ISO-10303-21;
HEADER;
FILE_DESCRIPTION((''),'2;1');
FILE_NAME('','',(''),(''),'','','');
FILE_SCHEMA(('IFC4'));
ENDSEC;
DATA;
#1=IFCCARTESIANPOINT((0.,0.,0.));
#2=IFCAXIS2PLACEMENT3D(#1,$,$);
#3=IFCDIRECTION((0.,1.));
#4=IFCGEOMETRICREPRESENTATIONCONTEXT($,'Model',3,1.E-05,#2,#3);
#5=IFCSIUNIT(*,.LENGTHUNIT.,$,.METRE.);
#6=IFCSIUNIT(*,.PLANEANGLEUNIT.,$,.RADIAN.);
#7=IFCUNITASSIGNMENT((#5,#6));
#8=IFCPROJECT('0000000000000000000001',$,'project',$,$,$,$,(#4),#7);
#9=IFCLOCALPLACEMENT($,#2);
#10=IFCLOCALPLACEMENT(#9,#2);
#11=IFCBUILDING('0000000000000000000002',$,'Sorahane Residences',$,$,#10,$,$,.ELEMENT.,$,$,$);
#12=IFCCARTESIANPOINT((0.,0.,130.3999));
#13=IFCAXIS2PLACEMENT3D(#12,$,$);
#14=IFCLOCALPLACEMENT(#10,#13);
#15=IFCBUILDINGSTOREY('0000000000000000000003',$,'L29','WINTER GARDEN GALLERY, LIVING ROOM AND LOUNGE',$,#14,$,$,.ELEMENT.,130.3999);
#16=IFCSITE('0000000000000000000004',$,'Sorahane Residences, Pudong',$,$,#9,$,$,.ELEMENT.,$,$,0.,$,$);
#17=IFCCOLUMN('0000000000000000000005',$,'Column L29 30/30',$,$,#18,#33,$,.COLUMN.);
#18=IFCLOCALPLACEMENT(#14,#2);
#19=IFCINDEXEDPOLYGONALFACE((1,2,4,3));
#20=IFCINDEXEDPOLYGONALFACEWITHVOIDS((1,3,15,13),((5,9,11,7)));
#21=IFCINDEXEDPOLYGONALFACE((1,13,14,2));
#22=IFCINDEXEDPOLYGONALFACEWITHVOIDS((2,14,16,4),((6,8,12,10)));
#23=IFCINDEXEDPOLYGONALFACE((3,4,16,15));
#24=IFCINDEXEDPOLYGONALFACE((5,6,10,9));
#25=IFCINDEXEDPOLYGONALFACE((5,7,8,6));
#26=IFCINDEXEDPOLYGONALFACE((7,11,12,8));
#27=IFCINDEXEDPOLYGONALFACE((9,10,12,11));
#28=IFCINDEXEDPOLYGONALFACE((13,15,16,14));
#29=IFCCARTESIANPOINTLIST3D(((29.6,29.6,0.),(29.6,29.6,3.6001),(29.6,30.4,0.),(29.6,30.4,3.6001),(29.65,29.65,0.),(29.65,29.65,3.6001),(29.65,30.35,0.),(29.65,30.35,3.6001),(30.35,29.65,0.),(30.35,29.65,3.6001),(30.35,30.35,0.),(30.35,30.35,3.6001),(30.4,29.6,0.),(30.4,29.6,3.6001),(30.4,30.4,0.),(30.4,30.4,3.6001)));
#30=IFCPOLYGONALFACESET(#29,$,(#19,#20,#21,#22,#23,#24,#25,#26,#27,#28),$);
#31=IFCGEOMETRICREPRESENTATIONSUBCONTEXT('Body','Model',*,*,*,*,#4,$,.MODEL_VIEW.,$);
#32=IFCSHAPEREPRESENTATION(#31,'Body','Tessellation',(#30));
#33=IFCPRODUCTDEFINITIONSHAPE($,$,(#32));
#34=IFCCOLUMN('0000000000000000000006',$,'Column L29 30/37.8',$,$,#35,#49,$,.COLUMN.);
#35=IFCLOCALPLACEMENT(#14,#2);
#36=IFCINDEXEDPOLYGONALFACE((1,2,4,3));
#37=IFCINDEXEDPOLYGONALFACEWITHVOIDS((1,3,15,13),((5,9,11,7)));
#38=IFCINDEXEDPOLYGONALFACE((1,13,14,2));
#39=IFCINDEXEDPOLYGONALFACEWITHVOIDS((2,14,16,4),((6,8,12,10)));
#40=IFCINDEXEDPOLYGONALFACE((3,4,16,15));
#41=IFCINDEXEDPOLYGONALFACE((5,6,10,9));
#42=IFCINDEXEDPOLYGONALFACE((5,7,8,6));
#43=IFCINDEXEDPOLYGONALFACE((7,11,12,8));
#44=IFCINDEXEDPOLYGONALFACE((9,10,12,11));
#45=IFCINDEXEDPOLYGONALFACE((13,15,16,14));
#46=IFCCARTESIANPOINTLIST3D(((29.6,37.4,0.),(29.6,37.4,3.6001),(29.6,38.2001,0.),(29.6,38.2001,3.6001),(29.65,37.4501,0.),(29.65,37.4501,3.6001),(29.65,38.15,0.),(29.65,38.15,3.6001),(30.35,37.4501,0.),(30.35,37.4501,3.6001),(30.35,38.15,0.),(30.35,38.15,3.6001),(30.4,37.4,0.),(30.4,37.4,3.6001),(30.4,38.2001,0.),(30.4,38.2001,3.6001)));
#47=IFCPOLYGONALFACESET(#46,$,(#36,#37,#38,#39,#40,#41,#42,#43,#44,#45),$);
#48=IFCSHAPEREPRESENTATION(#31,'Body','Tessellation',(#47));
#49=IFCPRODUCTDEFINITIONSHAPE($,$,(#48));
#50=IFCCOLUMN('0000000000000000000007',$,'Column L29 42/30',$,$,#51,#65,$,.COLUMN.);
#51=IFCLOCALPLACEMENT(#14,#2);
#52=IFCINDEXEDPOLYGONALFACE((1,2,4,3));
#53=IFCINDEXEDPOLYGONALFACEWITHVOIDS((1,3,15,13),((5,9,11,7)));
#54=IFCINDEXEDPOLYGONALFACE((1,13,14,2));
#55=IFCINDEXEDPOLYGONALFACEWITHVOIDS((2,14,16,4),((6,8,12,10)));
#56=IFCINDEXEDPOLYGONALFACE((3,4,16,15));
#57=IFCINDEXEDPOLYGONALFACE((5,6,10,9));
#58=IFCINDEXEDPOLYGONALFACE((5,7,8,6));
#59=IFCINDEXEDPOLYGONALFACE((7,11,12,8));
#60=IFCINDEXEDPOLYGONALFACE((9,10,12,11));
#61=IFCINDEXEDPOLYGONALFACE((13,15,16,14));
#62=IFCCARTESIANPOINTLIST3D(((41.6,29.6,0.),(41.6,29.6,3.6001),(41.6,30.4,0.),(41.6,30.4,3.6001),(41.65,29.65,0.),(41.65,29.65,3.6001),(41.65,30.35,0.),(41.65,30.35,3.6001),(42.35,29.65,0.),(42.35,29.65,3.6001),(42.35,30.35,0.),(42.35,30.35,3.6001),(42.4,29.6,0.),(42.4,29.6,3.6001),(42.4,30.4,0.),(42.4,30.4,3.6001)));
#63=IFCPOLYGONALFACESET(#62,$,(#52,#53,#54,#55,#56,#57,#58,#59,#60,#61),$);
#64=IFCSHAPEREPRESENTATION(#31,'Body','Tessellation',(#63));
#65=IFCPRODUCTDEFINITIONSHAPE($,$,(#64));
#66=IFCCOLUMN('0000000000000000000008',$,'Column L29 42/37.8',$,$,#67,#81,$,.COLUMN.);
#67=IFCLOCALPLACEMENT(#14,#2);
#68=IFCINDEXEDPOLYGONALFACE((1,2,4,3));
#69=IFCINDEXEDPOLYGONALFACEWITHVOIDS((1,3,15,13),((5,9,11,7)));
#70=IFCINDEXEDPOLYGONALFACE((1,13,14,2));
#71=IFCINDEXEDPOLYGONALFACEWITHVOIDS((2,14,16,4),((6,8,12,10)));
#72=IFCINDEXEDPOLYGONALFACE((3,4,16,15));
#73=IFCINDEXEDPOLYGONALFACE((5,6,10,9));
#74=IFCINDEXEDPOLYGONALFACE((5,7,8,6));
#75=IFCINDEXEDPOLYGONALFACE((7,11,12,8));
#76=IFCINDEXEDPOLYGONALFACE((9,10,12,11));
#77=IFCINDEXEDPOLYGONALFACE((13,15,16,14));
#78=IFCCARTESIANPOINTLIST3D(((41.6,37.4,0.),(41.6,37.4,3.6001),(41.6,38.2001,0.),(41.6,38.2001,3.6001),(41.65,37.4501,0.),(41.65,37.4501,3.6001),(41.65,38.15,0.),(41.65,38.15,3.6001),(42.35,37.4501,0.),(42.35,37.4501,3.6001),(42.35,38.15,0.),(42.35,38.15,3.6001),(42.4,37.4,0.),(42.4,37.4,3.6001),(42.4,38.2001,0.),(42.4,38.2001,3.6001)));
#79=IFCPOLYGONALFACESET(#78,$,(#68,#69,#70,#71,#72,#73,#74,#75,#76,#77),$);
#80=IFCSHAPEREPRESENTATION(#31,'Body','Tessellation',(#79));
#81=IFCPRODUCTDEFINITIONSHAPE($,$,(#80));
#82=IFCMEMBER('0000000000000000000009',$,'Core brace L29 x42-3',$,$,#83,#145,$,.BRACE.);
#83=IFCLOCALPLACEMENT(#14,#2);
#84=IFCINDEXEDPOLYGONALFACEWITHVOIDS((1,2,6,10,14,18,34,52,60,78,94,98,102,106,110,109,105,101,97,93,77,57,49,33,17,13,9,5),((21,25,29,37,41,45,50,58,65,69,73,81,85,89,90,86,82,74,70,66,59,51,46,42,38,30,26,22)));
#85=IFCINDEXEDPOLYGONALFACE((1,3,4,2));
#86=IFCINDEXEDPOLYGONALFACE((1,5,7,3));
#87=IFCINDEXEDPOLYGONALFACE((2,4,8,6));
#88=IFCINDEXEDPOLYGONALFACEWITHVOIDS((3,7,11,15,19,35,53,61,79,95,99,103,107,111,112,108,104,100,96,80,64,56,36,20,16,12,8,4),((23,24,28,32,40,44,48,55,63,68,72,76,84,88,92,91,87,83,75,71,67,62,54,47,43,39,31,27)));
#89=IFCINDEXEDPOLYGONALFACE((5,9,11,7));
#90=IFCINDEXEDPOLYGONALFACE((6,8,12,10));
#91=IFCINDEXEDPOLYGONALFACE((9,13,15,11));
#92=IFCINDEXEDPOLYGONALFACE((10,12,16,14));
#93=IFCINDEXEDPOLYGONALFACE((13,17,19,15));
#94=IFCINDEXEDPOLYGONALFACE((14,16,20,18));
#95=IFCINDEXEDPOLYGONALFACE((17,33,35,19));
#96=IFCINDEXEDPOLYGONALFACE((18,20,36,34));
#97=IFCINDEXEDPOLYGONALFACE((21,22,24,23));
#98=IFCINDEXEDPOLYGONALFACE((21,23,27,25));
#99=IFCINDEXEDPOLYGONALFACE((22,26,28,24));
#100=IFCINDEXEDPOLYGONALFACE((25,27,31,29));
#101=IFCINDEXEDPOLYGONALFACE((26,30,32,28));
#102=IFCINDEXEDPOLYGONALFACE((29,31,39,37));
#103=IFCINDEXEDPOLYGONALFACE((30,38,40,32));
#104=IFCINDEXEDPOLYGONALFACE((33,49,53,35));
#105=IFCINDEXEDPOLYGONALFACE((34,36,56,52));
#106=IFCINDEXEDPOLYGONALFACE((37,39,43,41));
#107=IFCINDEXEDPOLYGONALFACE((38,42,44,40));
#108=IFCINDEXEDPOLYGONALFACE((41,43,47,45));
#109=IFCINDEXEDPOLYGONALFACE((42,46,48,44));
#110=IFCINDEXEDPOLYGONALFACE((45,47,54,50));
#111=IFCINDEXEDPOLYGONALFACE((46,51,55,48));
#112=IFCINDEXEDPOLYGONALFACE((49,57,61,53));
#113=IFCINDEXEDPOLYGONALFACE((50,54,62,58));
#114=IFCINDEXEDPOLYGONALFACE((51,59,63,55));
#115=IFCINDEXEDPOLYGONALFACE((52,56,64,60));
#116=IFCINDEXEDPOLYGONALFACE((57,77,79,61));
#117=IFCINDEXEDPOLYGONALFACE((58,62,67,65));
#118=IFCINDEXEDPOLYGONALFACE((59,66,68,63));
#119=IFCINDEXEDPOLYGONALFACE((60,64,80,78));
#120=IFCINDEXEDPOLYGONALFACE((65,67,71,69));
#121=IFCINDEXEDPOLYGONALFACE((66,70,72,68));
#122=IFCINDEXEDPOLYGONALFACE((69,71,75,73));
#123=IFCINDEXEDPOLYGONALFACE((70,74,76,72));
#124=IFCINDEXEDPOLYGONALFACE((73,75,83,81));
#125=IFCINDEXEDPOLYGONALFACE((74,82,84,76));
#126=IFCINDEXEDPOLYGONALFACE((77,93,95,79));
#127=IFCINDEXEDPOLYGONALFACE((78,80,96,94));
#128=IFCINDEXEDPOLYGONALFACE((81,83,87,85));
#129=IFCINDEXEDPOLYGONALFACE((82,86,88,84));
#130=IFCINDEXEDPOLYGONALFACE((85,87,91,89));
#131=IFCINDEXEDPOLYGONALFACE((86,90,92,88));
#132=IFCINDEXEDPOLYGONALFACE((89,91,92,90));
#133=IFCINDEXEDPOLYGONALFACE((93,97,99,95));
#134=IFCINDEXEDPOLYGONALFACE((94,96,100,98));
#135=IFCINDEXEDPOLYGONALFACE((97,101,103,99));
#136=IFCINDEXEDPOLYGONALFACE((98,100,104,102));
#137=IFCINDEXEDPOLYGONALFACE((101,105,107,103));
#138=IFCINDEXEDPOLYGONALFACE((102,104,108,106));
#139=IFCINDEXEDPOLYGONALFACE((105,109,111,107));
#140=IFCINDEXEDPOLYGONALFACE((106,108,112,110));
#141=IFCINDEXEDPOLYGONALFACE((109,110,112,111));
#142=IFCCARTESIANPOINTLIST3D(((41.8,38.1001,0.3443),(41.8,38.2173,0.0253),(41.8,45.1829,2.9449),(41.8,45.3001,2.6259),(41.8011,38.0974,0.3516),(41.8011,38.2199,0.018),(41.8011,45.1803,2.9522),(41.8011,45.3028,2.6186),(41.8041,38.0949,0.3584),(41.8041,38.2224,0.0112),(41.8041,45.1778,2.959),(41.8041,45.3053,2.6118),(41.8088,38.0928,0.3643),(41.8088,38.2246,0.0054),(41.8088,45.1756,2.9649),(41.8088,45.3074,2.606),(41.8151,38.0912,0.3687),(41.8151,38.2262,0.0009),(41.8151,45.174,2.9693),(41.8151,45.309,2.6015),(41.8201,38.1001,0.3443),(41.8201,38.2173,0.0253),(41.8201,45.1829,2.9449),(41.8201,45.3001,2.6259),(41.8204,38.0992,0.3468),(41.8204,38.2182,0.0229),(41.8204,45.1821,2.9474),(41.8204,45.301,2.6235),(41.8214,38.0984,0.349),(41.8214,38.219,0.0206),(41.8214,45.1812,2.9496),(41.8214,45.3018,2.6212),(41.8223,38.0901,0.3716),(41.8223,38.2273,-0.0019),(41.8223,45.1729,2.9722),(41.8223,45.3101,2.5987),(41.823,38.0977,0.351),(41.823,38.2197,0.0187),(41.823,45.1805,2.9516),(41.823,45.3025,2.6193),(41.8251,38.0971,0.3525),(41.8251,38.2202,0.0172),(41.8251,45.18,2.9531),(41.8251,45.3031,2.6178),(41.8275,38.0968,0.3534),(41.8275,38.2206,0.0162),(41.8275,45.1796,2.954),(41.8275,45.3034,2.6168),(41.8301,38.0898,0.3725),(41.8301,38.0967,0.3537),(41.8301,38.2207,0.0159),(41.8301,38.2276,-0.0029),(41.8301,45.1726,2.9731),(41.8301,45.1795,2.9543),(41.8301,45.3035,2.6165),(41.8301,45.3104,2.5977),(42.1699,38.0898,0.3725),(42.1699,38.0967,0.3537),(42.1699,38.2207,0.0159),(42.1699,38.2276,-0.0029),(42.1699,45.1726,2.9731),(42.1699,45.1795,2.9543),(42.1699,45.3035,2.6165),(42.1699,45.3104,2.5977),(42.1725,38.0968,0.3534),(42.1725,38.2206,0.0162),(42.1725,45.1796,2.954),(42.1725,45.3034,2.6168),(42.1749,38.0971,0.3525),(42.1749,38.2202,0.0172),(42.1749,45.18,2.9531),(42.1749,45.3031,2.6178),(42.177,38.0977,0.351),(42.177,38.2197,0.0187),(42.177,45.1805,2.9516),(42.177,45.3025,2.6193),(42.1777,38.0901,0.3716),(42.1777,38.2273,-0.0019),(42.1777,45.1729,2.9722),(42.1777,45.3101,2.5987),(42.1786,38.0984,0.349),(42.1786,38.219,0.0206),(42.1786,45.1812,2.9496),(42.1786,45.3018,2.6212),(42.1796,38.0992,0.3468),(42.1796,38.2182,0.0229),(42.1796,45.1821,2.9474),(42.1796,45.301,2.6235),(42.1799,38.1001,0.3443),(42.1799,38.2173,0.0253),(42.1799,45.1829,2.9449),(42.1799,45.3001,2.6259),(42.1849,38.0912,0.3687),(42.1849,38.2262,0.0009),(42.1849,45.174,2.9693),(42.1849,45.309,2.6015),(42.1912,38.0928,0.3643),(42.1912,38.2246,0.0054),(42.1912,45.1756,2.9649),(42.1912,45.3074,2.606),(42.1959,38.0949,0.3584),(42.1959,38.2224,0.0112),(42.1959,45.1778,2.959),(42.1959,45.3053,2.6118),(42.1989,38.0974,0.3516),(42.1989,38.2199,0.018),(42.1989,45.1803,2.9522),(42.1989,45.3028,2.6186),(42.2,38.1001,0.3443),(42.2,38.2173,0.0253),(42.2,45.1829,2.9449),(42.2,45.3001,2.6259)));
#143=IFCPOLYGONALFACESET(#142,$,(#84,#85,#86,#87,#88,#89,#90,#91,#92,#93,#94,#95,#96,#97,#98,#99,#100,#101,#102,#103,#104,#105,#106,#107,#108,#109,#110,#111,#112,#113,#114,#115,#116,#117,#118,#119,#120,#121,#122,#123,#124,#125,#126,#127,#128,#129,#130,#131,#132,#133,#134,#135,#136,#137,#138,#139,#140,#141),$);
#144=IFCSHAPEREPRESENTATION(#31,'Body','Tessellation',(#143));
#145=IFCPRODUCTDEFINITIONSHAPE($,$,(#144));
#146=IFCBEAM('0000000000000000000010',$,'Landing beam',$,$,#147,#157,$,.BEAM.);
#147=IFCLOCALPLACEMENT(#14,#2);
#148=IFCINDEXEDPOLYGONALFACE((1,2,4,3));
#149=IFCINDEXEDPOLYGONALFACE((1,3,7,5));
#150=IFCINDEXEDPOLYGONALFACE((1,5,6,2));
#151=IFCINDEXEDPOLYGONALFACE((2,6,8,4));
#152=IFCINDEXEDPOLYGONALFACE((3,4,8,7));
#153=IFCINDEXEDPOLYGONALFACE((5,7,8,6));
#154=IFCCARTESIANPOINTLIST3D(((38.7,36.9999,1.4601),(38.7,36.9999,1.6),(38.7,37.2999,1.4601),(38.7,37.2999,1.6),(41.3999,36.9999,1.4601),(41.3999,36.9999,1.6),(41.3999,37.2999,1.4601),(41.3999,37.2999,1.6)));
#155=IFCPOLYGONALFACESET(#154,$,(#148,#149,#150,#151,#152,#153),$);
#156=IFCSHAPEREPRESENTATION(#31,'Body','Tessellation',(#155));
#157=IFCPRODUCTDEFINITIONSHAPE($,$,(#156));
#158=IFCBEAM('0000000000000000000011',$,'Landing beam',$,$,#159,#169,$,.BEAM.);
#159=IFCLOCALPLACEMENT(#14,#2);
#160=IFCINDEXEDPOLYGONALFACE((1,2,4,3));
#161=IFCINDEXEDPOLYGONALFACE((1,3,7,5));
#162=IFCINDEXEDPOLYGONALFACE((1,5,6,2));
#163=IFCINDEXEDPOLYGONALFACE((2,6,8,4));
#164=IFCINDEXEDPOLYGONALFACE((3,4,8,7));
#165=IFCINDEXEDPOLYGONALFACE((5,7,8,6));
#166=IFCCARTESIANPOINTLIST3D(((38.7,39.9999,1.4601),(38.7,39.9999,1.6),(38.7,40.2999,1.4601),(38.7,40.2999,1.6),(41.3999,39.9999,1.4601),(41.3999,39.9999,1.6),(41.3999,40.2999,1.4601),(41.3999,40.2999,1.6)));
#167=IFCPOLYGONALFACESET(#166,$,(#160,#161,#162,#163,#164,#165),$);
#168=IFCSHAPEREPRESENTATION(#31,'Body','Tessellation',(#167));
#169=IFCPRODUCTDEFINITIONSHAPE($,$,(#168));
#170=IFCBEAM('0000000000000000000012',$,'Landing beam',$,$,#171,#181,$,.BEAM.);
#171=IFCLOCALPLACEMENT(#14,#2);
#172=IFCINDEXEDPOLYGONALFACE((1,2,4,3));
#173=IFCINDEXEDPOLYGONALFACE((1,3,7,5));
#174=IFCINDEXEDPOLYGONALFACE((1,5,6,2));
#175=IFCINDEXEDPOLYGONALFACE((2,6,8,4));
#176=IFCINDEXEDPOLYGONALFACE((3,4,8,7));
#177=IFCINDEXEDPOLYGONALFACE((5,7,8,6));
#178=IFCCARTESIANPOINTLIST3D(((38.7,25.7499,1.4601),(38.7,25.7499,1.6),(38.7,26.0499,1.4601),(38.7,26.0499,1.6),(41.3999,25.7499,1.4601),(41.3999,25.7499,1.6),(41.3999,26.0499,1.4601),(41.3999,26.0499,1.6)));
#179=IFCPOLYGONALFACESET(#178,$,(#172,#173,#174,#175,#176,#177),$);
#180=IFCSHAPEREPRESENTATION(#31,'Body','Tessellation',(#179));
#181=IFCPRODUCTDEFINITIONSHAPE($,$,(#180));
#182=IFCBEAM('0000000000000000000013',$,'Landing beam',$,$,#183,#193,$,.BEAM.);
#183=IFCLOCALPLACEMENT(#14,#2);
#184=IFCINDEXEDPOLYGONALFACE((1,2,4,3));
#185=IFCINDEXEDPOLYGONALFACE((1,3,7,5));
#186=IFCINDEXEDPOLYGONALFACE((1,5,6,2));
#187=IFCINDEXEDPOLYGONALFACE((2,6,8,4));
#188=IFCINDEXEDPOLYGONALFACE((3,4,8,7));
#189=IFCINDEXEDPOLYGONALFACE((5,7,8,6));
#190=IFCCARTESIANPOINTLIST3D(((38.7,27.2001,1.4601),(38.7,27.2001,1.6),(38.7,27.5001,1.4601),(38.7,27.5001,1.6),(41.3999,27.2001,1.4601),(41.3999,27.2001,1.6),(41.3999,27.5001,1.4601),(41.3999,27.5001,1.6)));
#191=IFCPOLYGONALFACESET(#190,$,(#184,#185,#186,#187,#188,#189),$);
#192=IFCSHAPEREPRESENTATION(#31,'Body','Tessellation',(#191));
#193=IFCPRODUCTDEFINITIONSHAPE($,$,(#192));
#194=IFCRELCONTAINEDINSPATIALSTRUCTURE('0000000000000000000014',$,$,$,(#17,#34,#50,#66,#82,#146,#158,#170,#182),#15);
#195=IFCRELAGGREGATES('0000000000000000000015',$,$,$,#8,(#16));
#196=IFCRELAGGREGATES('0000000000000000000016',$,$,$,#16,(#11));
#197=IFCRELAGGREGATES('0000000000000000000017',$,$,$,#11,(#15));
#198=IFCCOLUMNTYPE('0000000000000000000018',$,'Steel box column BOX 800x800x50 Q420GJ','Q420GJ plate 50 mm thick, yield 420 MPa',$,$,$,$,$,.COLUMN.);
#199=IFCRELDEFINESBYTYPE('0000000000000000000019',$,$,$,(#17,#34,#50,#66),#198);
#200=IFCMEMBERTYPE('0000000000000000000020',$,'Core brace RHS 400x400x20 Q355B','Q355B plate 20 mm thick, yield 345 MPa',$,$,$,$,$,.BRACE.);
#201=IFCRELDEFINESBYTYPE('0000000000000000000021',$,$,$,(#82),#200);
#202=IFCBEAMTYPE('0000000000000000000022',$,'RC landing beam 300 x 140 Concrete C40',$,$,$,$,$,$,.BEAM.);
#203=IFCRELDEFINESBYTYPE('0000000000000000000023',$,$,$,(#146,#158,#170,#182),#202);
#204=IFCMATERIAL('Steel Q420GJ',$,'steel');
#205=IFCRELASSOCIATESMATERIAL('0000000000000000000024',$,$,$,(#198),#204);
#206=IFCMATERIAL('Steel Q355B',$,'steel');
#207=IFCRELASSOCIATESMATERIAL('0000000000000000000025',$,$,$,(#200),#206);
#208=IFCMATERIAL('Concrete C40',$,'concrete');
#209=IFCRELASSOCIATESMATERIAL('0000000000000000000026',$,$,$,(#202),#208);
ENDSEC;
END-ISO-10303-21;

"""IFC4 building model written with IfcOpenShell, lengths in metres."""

from ifc_helpers import new_model, si_unit, direction, frame, origin, origin_2d, place, context, subcontext, project, spatial, rectangle, hollow_rectangle, extrude, material, material_profile, profile_set, type_object, element, save


model = new_model("IFC4")

# Units and contexts
model_context = context("Model", 3, precision=1e-05, world=origin(), true_north=direction((0.0, 1.0)))
body_context = subcontext(model_context, "Body", "Model", "MODEL_VIEW")
ifc_project = project(units=[si_unit("LENGTHUNIT", "METRE"), si_unit("PLANEANGLEUNIT", "RADIAN")], contexts=[model_context])

# Site, building, storey
site_placement = place(None, origin())
site = spatial("IfcSite", under=ifc_project, at=site_placement, Name="Sorahane Residences, Pudong", CompositionType="ELEMENT", RefElevation=0.0)
building_placement = place(site_placement, origin())
building = spatial("IfcBuilding", under=site, at=building_placement, Name="Sorahane Residences", CompositionType="ELEMENT")
storey_placement = place(building_placement, frame((0.0, 0.0, 130.3999)))
storey = spatial("IfcBuildingStorey", under=building, at=storey_placement, Name="L29", Description="WINTER GARDEN GALLERY, LIVING ROOM AND LOUNGE", CompositionType="ELEMENT", Elevation=130.3999)

# Columns
ifc_material_1 = material(Name="Steel Q420GJ", Category="steel")
ifc_material_profile_1 = material_profile(ifc_material_1, hollow_rectangle(XDim=0.8, YDim=0.8, WallThickness=0.05, at=origin_2d()), Name="BOX 800x800x50")
ifc_profile_set_1 = profile_set([ifc_material_profile_1], Name="Steel Q420GJ")
column_type = type_object("IfcColumnType", Name="Steel box column BOX 800x800x50 Q420GJ", Description="Q420GJ plate 50 mm thick, yield 420 MPa", PredefinedType="COLUMN", material=ifc_profile_set_1)
for number, where, z_axis, x_axis, name in (
    (1, (30.0, 30.0, 0.0), (0.0, 0.0, 1.0), (1.0, 0.0, 0.0), "Column L29 30/30"),
    (2, (30.0, 37.8, 0.0), (0.0, 0.0, 1.0), (1.0, 0.0, 0.0), "Column L29 30/37.8"),
    (3, (42.0, 30.0, 0.0), (0.0, 0.0, 1.0), (1.0, 0.0, 0.0), "Column L29 42/30"),
    (4, (42.0, 37.8, 0.0), (0.0, 0.0, 1.0), (1.0, 0.0, 0.0), "Column L29 42/37.8"),
):
    element("IfcColumn", number, at=place(storey_placement, frame(where, z_axis=z_axis, x_axis=x_axis)), inside=storey, type_object=column_type, Name=name, PredefinedType="COLUMN", context=body_context, shape_type="SweptSolid", body=[
        extrude(hollow_rectangle(XDim=0.8, YDim=0.8, WallThickness=0.05, at=origin_2d()), origin(), (0.0, 0.0, 1.0), 3.6001),
    ])

# Member
ifc_material_2 = material(Name="Steel Q355B", Category="steel")
ifc_material_profile_2 = material_profile(ifc_material_2, hollow_rectangle(XDim=0.3999, YDim=0.3999, WallThickness=0.02, InnerFilletRadius=0.01, OuterFilletRadius=0.03, at=origin_2d()), Name="RHS 400x400x20")
ifc_profile_set_2 = profile_set([ifc_material_profile_2], Name="Steel Q355B")
member_type = type_object("IfcMemberType", Name="Core brace RHS 400x400x20 Q355B", Description="Q355B plate 20 mm thick, yield 345 MPa", PredefinedType="BRACE", material=ifc_profile_set_2)
member_placement = place(storey_placement, frame((42.0, 38.1587, 0.1848), z_axis=(0.0, 0.938723, 0.344672), x_axis=(-1.0, 0.0, 0.0)))
element("IfcMember", 5, at=member_placement, inside=storey, type_object=member_type, Name="Core brace L29 x42-3", PredefinedType="BRACE", context=body_context, shape_type="SweptSolid", body=[
    extrude(hollow_rectangle(XDim=0.3999, YDim=0.3999, WallThickness=0.02, InnerFilletRadius=0.01, OuterFilletRadius=0.03, at=origin_2d()), origin(), (0.0, 0.0, 1.0), 7.5452),
])

# Beams
ifc_material_3 = material(Name="Concrete C40", Category="concrete")
ifc_material_profile_3 = material_profile(ifc_material_3, rectangle(XDim=0.3, YDim=0.1399, at=origin_2d()), Name="300x140")
ifc_profile_set_3 = profile_set([ifc_material_profile_3], Name="Concrete C40")
beam_type_1 = type_object("IfcBeamType", Name="RC landing beam 300 x 140 Concrete C40", PredefinedType="BEAM", material=ifc_profile_set_3)
for number, where, z_axis, x_axis, name in (
    (6, (38.7, 37.1499, 1.53), (1.0, 0.0, 0.0), (0.0, 1.0, 0.0), "Landing beam"),
    (7, (38.7, 40.1499, 1.53), (1.0, 0.0, 0.0), (0.0, 1.0, 0.0), "Landing beam"),
    (8, (38.7, 25.8999, 1.53), (1.0, 0.0, 0.0), (0.0, 1.0, 0.0), "Landing beam"),
    (9, (38.7, 27.3501, 1.53), (1.0, 0.0, 0.0), (0.0, 1.0, 0.0), "Landing beam"),
):
    element("IfcBeam", number, at=place(storey_placement, frame(where, z_axis=z_axis, x_axis=x_axis)), inside=storey, type_object=beam_type_1, Name=name, PredefinedType="BEAM", context=body_context, shape_type="SweptSolid", body=[
        extrude(rectangle(XDim=0.3, YDim=0.1399, at=origin_2d()), origin(), (0.0, 0.0, 1.0), 2.7),
    ])

save(model, "model.ifc")
